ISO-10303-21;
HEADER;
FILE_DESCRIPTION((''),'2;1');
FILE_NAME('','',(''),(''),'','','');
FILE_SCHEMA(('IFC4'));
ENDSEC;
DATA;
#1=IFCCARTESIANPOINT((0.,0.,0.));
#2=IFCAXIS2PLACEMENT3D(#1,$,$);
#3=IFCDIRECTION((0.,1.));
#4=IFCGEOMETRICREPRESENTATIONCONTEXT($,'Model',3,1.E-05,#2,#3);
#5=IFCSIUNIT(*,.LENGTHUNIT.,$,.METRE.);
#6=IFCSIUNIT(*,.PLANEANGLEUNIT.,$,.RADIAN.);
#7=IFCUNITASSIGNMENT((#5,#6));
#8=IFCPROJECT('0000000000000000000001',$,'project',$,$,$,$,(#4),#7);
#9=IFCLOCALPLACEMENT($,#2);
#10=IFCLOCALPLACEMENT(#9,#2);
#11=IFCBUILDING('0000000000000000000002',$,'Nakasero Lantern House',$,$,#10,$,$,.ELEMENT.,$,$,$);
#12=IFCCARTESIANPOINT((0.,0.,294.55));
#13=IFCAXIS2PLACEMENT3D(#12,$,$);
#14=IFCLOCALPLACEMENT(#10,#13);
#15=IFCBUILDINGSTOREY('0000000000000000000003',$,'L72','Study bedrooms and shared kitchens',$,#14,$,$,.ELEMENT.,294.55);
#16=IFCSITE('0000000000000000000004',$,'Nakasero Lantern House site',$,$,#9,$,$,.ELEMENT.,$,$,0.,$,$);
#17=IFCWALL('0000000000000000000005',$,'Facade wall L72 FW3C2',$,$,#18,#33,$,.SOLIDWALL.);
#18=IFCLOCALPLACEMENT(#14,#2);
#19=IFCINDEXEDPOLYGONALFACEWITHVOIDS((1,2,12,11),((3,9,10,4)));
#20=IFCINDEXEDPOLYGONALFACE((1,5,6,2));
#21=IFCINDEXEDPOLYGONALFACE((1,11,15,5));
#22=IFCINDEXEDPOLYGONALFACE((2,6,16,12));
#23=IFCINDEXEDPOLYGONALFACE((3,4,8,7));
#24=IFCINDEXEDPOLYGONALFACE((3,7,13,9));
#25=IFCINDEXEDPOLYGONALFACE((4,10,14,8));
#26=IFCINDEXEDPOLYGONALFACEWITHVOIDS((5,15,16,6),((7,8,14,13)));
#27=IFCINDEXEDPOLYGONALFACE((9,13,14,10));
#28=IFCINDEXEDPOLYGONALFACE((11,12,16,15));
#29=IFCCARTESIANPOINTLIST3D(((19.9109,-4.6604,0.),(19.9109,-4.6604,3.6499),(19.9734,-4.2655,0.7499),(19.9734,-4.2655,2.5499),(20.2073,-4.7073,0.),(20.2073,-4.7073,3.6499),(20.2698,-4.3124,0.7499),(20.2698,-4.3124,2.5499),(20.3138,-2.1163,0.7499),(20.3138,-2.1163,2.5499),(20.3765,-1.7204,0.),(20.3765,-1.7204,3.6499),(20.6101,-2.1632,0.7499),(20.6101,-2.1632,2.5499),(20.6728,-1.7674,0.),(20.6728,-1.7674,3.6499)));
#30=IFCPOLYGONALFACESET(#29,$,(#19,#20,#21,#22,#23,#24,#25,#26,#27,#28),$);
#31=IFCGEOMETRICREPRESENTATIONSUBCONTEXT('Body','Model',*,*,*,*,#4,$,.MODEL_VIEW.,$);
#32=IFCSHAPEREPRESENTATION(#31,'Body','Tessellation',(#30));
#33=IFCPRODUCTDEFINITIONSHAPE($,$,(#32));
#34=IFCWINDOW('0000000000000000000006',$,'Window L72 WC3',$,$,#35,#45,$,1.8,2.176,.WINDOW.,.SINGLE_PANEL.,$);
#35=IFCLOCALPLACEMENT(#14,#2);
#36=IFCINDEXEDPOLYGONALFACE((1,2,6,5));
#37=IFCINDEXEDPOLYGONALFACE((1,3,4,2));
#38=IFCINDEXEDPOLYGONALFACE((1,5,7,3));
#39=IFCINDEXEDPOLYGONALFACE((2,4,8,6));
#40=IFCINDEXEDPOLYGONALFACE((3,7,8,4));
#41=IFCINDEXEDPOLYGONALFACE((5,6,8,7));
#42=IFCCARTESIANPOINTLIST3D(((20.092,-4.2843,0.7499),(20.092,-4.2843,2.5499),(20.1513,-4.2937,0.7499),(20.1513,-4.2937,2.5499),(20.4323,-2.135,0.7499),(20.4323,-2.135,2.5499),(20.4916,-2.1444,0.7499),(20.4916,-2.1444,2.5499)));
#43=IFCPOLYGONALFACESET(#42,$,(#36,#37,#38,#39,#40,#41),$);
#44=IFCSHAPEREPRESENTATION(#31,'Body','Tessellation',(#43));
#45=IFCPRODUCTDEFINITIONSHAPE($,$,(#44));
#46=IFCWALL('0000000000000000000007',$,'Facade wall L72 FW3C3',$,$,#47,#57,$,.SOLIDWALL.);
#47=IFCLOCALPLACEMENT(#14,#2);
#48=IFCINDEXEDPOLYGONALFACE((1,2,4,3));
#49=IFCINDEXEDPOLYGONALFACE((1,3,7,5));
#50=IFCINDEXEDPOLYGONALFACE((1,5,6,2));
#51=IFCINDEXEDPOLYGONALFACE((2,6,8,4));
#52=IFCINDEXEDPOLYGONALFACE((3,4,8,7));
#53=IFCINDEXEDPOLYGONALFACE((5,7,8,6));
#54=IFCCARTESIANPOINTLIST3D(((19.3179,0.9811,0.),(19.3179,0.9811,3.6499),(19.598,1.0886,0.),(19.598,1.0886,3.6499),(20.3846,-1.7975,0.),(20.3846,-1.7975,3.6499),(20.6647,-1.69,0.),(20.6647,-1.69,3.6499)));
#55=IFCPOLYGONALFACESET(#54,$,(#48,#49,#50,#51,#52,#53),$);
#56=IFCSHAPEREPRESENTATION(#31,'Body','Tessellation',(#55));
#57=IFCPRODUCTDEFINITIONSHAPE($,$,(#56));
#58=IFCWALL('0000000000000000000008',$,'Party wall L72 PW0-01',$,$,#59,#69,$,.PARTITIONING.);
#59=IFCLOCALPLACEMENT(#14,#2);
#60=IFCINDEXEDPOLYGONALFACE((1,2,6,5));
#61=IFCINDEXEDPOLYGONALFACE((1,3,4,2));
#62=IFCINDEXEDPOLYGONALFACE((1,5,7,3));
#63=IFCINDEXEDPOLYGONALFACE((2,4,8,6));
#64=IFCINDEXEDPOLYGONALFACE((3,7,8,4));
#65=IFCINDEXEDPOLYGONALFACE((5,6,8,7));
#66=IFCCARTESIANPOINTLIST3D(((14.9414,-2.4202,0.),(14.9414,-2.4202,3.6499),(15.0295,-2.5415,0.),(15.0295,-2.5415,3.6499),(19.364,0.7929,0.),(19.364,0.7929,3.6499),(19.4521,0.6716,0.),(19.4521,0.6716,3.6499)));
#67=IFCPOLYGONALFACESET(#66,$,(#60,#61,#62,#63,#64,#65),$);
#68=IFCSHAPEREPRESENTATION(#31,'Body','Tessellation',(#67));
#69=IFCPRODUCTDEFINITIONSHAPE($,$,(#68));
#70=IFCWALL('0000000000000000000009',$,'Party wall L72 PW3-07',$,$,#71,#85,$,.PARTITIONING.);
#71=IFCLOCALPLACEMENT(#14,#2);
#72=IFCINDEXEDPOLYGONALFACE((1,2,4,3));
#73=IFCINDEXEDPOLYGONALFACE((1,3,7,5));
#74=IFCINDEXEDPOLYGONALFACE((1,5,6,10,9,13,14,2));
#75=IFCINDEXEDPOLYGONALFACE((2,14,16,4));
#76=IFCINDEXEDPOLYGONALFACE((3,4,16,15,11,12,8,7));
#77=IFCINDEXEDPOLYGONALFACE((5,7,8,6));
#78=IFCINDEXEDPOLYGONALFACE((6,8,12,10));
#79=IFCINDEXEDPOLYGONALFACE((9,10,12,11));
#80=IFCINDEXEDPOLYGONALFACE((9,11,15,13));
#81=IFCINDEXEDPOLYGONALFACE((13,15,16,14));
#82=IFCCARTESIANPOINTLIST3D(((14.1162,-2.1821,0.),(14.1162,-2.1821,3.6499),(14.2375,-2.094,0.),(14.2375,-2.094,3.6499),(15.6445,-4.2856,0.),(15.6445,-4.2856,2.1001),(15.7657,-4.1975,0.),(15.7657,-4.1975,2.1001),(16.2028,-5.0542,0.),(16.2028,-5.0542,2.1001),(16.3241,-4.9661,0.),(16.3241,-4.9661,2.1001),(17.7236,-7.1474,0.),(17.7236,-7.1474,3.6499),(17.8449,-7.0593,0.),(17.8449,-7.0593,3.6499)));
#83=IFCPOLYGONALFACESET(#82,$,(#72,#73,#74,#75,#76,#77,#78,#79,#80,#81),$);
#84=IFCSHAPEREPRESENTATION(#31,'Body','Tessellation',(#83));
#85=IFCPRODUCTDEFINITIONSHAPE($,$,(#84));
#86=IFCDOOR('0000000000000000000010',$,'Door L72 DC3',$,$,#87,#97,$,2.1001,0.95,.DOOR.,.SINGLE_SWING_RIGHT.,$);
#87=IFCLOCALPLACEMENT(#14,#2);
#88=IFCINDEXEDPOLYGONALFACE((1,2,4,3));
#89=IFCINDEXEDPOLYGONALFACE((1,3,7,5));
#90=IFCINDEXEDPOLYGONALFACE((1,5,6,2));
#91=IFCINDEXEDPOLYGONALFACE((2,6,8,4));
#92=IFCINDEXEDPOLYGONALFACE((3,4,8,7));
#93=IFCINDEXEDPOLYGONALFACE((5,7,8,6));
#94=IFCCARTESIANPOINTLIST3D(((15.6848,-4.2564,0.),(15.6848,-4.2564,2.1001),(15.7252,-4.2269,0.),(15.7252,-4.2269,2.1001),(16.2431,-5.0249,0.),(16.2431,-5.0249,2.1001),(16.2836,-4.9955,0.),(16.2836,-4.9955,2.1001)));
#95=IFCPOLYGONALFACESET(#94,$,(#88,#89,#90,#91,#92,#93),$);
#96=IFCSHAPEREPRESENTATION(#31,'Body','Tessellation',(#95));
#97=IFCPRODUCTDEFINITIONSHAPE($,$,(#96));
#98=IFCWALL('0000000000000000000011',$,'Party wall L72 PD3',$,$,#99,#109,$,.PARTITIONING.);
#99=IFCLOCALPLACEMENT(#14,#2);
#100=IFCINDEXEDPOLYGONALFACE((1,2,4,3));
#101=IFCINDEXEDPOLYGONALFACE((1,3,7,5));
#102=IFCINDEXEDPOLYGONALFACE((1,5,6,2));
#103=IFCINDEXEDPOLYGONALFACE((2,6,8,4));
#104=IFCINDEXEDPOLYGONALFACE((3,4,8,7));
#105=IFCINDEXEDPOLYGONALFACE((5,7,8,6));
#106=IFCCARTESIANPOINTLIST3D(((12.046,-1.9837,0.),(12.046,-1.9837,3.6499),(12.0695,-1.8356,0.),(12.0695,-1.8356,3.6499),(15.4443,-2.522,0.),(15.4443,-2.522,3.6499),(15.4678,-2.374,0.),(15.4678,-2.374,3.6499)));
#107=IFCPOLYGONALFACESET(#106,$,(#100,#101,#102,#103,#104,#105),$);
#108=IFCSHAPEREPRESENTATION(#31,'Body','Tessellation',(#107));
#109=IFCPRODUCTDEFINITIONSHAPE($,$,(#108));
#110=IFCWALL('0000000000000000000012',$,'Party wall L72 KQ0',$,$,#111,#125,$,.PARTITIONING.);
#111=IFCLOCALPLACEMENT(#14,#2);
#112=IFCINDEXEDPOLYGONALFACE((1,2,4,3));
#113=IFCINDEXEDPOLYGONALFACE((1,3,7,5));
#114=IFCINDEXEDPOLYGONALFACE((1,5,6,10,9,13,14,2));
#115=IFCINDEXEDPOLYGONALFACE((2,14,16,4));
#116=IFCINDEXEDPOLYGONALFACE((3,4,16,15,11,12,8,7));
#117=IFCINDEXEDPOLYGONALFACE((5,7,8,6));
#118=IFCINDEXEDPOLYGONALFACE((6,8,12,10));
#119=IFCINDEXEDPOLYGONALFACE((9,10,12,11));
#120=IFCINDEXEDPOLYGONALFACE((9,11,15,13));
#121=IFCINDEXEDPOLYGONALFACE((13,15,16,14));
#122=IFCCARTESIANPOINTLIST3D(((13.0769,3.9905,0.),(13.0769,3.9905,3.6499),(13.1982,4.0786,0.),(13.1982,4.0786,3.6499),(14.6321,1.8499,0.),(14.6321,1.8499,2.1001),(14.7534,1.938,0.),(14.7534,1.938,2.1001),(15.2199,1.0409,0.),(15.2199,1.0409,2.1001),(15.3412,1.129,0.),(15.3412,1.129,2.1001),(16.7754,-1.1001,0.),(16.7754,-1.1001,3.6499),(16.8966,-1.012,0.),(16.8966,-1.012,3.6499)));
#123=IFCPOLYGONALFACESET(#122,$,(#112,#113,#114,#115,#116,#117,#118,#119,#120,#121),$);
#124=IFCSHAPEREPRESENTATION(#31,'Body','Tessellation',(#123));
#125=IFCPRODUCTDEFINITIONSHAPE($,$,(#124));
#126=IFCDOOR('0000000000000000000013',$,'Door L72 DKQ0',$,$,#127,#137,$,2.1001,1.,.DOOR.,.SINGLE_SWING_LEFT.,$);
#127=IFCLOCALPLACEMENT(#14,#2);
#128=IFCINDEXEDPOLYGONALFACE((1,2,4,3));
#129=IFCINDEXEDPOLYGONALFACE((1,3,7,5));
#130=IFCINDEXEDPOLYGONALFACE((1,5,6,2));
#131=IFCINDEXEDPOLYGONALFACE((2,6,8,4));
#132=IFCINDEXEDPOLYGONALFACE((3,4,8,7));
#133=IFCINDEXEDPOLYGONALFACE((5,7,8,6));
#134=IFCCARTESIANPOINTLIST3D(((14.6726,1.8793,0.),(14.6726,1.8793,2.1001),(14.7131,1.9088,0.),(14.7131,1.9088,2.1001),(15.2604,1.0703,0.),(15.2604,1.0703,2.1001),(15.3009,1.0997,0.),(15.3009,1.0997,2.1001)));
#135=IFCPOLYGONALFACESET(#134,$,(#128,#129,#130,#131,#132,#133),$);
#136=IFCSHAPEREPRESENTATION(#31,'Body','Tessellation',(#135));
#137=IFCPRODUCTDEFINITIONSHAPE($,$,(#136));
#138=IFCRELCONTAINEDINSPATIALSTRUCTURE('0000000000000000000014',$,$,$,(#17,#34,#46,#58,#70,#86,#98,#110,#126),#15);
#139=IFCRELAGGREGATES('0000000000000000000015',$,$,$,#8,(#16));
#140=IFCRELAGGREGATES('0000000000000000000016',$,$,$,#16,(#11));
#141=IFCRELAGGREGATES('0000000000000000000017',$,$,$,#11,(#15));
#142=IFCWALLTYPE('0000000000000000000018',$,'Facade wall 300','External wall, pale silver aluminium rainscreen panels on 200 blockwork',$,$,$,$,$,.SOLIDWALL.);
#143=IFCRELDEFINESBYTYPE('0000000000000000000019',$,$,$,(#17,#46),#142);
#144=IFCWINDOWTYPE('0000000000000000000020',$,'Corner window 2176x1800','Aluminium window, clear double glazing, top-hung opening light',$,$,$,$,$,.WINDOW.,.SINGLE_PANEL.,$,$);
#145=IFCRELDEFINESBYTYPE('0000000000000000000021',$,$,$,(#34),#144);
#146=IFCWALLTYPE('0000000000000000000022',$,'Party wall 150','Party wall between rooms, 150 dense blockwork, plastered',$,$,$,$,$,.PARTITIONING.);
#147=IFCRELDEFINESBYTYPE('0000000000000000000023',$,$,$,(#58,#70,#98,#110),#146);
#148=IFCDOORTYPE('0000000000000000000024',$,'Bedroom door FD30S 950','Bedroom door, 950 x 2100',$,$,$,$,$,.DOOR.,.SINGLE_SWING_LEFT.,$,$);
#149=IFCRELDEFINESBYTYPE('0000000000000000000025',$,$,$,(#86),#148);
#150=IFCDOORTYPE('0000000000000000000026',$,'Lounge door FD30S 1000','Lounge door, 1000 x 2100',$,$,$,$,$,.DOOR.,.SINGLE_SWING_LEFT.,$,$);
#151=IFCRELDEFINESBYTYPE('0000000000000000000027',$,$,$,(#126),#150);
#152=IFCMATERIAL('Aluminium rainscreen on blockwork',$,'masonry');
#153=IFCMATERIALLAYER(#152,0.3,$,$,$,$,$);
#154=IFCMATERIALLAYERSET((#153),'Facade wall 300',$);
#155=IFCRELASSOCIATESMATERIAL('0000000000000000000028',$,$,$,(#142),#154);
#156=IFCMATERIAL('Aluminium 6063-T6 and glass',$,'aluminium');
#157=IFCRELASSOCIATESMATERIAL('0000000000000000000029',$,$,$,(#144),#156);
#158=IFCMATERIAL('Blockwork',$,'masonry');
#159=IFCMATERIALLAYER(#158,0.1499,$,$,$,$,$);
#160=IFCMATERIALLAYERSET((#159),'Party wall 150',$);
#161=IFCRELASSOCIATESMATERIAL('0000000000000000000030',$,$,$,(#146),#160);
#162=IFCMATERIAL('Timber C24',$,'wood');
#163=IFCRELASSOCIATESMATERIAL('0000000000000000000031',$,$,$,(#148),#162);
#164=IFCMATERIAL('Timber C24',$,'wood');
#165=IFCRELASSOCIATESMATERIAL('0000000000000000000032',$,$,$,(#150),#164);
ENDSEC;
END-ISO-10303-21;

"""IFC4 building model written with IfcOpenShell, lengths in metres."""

from ifc_helpers import new_model, si_unit, direction, frame, frame_2d, origin, place, context, subcontext, project, spatial, rectangle, extrude, material, layer, layer_set, type_object, element, fill, save


model = new_model("IFC4")

# Units and contexts
model_context = context("Model", 3, precision=1e-05, world=origin(), true_north=direction((0.0, 1.0)))
body_context = subcontext(model_context, "Body", "Model", "MODEL_VIEW")
ifc_project = project(units=[si_unit("LENGTHUNIT", "METRE"), si_unit("PLANEANGLEUNIT", "RADIAN")], contexts=[model_context])

# Site, building, storey
site_placement = place(None, origin())
site = spatial("IfcSite", under=ifc_project, at=site_placement, Name="Nakasero Lantern House site", CompositionType="ELEMENT", RefElevation=0.0)
building_placement = place(site_placement, origin())
building = spatial("IfcBuilding", under=site, at=building_placement, Name="Nakasero Lantern House", CompositionType="ELEMENT")
storey_placement = place(building_placement, frame((0.0, 0.0, 294.55)))
storey = spatial("IfcBuildingStorey", under=building, at=storey_placement, Name="L72", Description="Study bedrooms and shared kitchens", CompositionType="ELEMENT", Elevation=294.55)

# Shared definitions
ifc_material_1 = material(Name="Aluminium rainscreen on blockwork", Category="masonry")
ifc_layer_1 = layer(ifc_material_1, 0.3)
ifc_layer_set_1 = layer_set([ifc_layer_1], Name="Facade wall 300")
wall_type_1 = type_object("IfcWallType", Name="Facade wall 300", Description="External wall, pale silver aluminium rainscreen panels on 200 blockwork", PredefinedType="SOLIDWALL", material=ifc_layer_set_1)

# Wall, opening, window
wall_1_placement = place(storey_placement, frame((20.0591, -4.6838, 0.0), z_axis=(0.0, 0.0, 1.0), x_axis=(0.156413, 0.987692, 0.0)))
wall_1 = element("IfcWall", 1, at=wall_1_placement, inside=storey, type_object=wall_type_1, Name="Facade wall L72 FW3C2", PredefinedType="SOLIDWALL", context=body_context, shape_type="SweptSolid", body=[
    extrude(rectangle(XDim=2.9766, YDim=0.3, at=frame_2d((1.4883, 0.0))), origin(), (0.0, 0.0, 1.0), 3.6499),
])
opening_1_placement = place(wall_1_placement, frame((0.3999, 0.0, 0.75)))
opening_1 = element("IfcOpeningElement", 2, at=opening_1_placement, cuts=wall_1, PredefinedType="OPENING", context=body_context, shape_type="SweptSolid", body=[
    extrude(rectangle(XDim=2.176, YDim=1.8, at=frame_2d((1.0879, 0.8999))), frame((0.0, 0.1699, 0.0), z_axis=(0.0, -1.0, 0.0), x_axis=(1.0, 0.0, 0.0)), (0.0, 0.0, 1.0), 0.3401),
])
ifc_material_2 = material(Name="Aluminium 6063-T6 and glass", Category="aluminium")
window_type = type_object("IfcWindowType", Name="Corner window 2176x1800", Description="Aluminium window, clear double glazing, top-hung opening light", PartitioningType="SINGLE_PANEL", PredefinedType="WINDOW", material=ifc_material_2)
window_placement = place(opening_1_placement, origin())
window = element("IfcWindow", 3, at=window_placement, inside=storey, type_object=window_type, Name="Window L72 WC3", OverallHeight=1.8, OverallWidth=2.176, PartitioningType="SINGLE_PANEL", PredefinedType="WINDOW", context=body_context, shape_type="SweptSolid", body=[
    extrude(rectangle(XDim=2.176, YDim=1.8, at=frame_2d((1.0879, 0.8999))), frame((0.0, 0.03, 0.0), z_axis=(0.0, -1.0, 0.0), x_axis=(1.0, 0.0, 0.0)), (0.0, 0.0, 1.0), 0.0601),
])
fill(opening_1, window)

# Walls
wall_2_placement = place(storey_placement, frame((20.5247, -1.7439, 0.0), z_axis=(0.0, 0.0, 1.0), x_axis=(-0.358385, 0.933574, 0.0)))
element("IfcWall", 4, at=wall_2_placement, inside=storey, type_object=wall_type_1, Name="Facade wall L72 FW3C3", PredefinedType="SOLIDWALL", context=body_context, shape_type="SweptSolid", body=[
    extrude(rectangle(XDim=2.9763, YDim=0.3, at=frame_2d((1.4883, 0.0))), origin(), (0.0, 0.0, 1.0), 3.6499),
])
ifc_material_3 = material(Name="Blockwork", Category="masonry")
ifc_layer_2 = layer(ifc_material_3, 0.1499)
ifc_layer_set_2 = layer_set([ifc_layer_2], Name="Party wall 150")
wall_type_2 = type_object("IfcWallType", Name="Party wall 150", Description="Party wall between rooms, 150 dense blockwork, plastered", PredefinedType="PARTITIONING", material=ifc_layer_set_2)
wall_3_placement = place(storey_placement, frame((14.9854, -2.481, 0.0), z_axis=(0.0, 0.0, 1.0), x_axis=(0.809024, 0.587776, 0.0)))
element("IfcWall", 5, at=wall_3_placement, inside=storey, type_object=wall_type_2, Name="Party wall L72 PW0-01", PredefinedType="PARTITIONING", context=body_context, shape_type="SweptSolid", body=[
    extrude(rectangle(XDim=5.4666, YDim=0.1499, at=frame_2d((2.7334, 0.0))), origin(), (0.0, 0.0, 1.0), 3.6499),
])

# Wall, opening, door
wall_4_placement = place(storey_placement, frame((14.1768, -2.1379, 0.0), z_axis=(0.0, 0.0, 1.0), x_axis=(0.587774, -0.809025, 0.0)))
wall_4 = element("IfcWall", 6, at=wall_4_placement, inside=storey, type_object=wall_type_2, Name="Party wall L72 PW3-07", PredefinedType="PARTITIONING", context=body_context, shape_type="SweptSolid", body=[
    extrude(rectangle(XDim=6.1375, YDim=0.1499, at=frame_2d((3.0688, 0.0))), origin(), (0.0, 0.0, 1.0), 3.6499),
])
opening_2_placement = place(wall_4_placement, frame((2.6001, 0.0, 0.0)))
opening_2 = element("IfcOpeningElement", 7, at=opening_2_placement, cuts=wall_4, PredefinedType="OPENING", context=body_context, shape_type="SweptSolid", body=[
    extrude(rectangle(XDim=0.95, YDim=2.1001, at=frame_2d((0.4751, 1.05))), frame((0.0, 0.095, 0.0), z_axis=(0.0, -1.0, 0.0), x_axis=(1.0, 0.0, 0.0)), (0.0, 0.0, 1.0), 0.1899),
])
ifc_material_4 = material(Name="Timber C24", Category="wood")
door_type_1 = type_object("IfcDoorType", Name="Bedroom door FD30S 950", Description="Bedroom door, 950 x 2100", OperationType="SINGLE_SWING_LEFT", PredefinedType="DOOR", material=ifc_material_4)
door_1_placement = place(opening_2_placement, origin())
door_1 = element("IfcDoor", 8, at=door_1_placement, inside=storey, type_object=door_type_1, Name="Door L72 DC3", OperationType="SINGLE_SWING_RIGHT", OverallHeight=2.1001, OverallWidth=0.95, PredefinedType="DOOR", context=body_context, shape_type="SweptSolid", body=[
    extrude(rectangle(XDim=0.95, YDim=2.1001, at=frame_2d((0.4751, 1.05))), frame((0.0, 0.0249, 0.0), z_axis=(0.0, -1.0, 0.0), x_axis=(1.0, 0.0, 0.0)), (0.0, 0.0, 1.0), 0.05),
])
fill(opening_2, door_1)

# Wall
wall_5_placement = place(storey_placement, frame((12.0579, -1.9097, 0.0), z_axis=(0.0, 0.0, 1.0), x_axis=(0.987683, -0.156465, 0.0)))
element("IfcWall", 9, at=wall_5_placement, inside=storey, type_object=wall_type_2, Name="Party wall L72 PD3", PredefinedType="PARTITIONING", context=body_context, shape_type="SweptSolid", body=[
    extrude(rectangle(XDim=3.4407, YDim=0.1499, at=frame_2d((1.7202, 0.0))), origin(), (0.0, 0.0, 1.0), 3.6499),
])

# Wall, opening, door
wall_6_placement = place(storey_placement, frame((16.8359, -1.0559, 0.0), z_axis=(0.0, 0.0, 1.0), x_axis=(-0.587782, 0.80902, 0.0)))
wall_6 = element("IfcWall", 10, at=wall_6_placement, inside=storey, type_object=wall_type_2, Name="Party wall L72 KQ0", PredefinedType="PARTITIONING", context=body_context, shape_type="SweptSolid", body=[
    extrude(rectangle(XDim=6.2922, YDim=0.1499, at=frame_2d((3.146, 0.0))), origin(), (0.0, 0.0, 1.0), 3.6499),
])
opening_3_placement = place(wall_6_placement, frame((2.6462, 0.0, 0.0)))
opening_3 = element("IfcOpeningElement", 11, at=opening_3_placement, cuts=wall_6, PredefinedType="OPENING", context=body_context, shape_type="SweptSolid", body=[
    extrude(rectangle(XDim=1.0, YDim=2.1001, at=frame_2d((0.5, 1.05))), frame((0.0, 0.095, 0.0), z_axis=(0.0, -1.0, 0.0), x_axis=(1.0, 0.0, 0.0)), (0.0, 0.0, 1.0), 0.1899),
])
ifc_material_5 = material(Name="Timber C24", Category="wood")
door_type_2 = type_object("IfcDoorType", Name="Lounge door FD30S 1000", Description="Lounge door, 1000 x 2100", OperationType="SINGLE_SWING_LEFT", PredefinedType="DOOR", material=ifc_material_5)
door_2_placement = place(opening_3_placement, origin())
door_2 = element("IfcDoor", 12, at=door_2_placement, inside=storey, type_object=door_type_2, Name="Door L72 DKQ0", OperationType="SINGLE_SWING_LEFT", OverallHeight=2.1001, OverallWidth=1.0, PredefinedType="DOOR", context=body_context, shape_type="SweptSolid", body=[
    extrude(rectangle(XDim=1.0, YDim=2.1001, at=frame_2d((0.5, 1.05))), frame((0.0, 0.0249, 0.0), z_axis=(0.0, -1.0, 0.0), x_axis=(1.0, 0.0, 0.0)), (0.0, 0.0, 1.0), 0.05),
])
fill(opening_3, door_2)

save(model, "model.ifc")
